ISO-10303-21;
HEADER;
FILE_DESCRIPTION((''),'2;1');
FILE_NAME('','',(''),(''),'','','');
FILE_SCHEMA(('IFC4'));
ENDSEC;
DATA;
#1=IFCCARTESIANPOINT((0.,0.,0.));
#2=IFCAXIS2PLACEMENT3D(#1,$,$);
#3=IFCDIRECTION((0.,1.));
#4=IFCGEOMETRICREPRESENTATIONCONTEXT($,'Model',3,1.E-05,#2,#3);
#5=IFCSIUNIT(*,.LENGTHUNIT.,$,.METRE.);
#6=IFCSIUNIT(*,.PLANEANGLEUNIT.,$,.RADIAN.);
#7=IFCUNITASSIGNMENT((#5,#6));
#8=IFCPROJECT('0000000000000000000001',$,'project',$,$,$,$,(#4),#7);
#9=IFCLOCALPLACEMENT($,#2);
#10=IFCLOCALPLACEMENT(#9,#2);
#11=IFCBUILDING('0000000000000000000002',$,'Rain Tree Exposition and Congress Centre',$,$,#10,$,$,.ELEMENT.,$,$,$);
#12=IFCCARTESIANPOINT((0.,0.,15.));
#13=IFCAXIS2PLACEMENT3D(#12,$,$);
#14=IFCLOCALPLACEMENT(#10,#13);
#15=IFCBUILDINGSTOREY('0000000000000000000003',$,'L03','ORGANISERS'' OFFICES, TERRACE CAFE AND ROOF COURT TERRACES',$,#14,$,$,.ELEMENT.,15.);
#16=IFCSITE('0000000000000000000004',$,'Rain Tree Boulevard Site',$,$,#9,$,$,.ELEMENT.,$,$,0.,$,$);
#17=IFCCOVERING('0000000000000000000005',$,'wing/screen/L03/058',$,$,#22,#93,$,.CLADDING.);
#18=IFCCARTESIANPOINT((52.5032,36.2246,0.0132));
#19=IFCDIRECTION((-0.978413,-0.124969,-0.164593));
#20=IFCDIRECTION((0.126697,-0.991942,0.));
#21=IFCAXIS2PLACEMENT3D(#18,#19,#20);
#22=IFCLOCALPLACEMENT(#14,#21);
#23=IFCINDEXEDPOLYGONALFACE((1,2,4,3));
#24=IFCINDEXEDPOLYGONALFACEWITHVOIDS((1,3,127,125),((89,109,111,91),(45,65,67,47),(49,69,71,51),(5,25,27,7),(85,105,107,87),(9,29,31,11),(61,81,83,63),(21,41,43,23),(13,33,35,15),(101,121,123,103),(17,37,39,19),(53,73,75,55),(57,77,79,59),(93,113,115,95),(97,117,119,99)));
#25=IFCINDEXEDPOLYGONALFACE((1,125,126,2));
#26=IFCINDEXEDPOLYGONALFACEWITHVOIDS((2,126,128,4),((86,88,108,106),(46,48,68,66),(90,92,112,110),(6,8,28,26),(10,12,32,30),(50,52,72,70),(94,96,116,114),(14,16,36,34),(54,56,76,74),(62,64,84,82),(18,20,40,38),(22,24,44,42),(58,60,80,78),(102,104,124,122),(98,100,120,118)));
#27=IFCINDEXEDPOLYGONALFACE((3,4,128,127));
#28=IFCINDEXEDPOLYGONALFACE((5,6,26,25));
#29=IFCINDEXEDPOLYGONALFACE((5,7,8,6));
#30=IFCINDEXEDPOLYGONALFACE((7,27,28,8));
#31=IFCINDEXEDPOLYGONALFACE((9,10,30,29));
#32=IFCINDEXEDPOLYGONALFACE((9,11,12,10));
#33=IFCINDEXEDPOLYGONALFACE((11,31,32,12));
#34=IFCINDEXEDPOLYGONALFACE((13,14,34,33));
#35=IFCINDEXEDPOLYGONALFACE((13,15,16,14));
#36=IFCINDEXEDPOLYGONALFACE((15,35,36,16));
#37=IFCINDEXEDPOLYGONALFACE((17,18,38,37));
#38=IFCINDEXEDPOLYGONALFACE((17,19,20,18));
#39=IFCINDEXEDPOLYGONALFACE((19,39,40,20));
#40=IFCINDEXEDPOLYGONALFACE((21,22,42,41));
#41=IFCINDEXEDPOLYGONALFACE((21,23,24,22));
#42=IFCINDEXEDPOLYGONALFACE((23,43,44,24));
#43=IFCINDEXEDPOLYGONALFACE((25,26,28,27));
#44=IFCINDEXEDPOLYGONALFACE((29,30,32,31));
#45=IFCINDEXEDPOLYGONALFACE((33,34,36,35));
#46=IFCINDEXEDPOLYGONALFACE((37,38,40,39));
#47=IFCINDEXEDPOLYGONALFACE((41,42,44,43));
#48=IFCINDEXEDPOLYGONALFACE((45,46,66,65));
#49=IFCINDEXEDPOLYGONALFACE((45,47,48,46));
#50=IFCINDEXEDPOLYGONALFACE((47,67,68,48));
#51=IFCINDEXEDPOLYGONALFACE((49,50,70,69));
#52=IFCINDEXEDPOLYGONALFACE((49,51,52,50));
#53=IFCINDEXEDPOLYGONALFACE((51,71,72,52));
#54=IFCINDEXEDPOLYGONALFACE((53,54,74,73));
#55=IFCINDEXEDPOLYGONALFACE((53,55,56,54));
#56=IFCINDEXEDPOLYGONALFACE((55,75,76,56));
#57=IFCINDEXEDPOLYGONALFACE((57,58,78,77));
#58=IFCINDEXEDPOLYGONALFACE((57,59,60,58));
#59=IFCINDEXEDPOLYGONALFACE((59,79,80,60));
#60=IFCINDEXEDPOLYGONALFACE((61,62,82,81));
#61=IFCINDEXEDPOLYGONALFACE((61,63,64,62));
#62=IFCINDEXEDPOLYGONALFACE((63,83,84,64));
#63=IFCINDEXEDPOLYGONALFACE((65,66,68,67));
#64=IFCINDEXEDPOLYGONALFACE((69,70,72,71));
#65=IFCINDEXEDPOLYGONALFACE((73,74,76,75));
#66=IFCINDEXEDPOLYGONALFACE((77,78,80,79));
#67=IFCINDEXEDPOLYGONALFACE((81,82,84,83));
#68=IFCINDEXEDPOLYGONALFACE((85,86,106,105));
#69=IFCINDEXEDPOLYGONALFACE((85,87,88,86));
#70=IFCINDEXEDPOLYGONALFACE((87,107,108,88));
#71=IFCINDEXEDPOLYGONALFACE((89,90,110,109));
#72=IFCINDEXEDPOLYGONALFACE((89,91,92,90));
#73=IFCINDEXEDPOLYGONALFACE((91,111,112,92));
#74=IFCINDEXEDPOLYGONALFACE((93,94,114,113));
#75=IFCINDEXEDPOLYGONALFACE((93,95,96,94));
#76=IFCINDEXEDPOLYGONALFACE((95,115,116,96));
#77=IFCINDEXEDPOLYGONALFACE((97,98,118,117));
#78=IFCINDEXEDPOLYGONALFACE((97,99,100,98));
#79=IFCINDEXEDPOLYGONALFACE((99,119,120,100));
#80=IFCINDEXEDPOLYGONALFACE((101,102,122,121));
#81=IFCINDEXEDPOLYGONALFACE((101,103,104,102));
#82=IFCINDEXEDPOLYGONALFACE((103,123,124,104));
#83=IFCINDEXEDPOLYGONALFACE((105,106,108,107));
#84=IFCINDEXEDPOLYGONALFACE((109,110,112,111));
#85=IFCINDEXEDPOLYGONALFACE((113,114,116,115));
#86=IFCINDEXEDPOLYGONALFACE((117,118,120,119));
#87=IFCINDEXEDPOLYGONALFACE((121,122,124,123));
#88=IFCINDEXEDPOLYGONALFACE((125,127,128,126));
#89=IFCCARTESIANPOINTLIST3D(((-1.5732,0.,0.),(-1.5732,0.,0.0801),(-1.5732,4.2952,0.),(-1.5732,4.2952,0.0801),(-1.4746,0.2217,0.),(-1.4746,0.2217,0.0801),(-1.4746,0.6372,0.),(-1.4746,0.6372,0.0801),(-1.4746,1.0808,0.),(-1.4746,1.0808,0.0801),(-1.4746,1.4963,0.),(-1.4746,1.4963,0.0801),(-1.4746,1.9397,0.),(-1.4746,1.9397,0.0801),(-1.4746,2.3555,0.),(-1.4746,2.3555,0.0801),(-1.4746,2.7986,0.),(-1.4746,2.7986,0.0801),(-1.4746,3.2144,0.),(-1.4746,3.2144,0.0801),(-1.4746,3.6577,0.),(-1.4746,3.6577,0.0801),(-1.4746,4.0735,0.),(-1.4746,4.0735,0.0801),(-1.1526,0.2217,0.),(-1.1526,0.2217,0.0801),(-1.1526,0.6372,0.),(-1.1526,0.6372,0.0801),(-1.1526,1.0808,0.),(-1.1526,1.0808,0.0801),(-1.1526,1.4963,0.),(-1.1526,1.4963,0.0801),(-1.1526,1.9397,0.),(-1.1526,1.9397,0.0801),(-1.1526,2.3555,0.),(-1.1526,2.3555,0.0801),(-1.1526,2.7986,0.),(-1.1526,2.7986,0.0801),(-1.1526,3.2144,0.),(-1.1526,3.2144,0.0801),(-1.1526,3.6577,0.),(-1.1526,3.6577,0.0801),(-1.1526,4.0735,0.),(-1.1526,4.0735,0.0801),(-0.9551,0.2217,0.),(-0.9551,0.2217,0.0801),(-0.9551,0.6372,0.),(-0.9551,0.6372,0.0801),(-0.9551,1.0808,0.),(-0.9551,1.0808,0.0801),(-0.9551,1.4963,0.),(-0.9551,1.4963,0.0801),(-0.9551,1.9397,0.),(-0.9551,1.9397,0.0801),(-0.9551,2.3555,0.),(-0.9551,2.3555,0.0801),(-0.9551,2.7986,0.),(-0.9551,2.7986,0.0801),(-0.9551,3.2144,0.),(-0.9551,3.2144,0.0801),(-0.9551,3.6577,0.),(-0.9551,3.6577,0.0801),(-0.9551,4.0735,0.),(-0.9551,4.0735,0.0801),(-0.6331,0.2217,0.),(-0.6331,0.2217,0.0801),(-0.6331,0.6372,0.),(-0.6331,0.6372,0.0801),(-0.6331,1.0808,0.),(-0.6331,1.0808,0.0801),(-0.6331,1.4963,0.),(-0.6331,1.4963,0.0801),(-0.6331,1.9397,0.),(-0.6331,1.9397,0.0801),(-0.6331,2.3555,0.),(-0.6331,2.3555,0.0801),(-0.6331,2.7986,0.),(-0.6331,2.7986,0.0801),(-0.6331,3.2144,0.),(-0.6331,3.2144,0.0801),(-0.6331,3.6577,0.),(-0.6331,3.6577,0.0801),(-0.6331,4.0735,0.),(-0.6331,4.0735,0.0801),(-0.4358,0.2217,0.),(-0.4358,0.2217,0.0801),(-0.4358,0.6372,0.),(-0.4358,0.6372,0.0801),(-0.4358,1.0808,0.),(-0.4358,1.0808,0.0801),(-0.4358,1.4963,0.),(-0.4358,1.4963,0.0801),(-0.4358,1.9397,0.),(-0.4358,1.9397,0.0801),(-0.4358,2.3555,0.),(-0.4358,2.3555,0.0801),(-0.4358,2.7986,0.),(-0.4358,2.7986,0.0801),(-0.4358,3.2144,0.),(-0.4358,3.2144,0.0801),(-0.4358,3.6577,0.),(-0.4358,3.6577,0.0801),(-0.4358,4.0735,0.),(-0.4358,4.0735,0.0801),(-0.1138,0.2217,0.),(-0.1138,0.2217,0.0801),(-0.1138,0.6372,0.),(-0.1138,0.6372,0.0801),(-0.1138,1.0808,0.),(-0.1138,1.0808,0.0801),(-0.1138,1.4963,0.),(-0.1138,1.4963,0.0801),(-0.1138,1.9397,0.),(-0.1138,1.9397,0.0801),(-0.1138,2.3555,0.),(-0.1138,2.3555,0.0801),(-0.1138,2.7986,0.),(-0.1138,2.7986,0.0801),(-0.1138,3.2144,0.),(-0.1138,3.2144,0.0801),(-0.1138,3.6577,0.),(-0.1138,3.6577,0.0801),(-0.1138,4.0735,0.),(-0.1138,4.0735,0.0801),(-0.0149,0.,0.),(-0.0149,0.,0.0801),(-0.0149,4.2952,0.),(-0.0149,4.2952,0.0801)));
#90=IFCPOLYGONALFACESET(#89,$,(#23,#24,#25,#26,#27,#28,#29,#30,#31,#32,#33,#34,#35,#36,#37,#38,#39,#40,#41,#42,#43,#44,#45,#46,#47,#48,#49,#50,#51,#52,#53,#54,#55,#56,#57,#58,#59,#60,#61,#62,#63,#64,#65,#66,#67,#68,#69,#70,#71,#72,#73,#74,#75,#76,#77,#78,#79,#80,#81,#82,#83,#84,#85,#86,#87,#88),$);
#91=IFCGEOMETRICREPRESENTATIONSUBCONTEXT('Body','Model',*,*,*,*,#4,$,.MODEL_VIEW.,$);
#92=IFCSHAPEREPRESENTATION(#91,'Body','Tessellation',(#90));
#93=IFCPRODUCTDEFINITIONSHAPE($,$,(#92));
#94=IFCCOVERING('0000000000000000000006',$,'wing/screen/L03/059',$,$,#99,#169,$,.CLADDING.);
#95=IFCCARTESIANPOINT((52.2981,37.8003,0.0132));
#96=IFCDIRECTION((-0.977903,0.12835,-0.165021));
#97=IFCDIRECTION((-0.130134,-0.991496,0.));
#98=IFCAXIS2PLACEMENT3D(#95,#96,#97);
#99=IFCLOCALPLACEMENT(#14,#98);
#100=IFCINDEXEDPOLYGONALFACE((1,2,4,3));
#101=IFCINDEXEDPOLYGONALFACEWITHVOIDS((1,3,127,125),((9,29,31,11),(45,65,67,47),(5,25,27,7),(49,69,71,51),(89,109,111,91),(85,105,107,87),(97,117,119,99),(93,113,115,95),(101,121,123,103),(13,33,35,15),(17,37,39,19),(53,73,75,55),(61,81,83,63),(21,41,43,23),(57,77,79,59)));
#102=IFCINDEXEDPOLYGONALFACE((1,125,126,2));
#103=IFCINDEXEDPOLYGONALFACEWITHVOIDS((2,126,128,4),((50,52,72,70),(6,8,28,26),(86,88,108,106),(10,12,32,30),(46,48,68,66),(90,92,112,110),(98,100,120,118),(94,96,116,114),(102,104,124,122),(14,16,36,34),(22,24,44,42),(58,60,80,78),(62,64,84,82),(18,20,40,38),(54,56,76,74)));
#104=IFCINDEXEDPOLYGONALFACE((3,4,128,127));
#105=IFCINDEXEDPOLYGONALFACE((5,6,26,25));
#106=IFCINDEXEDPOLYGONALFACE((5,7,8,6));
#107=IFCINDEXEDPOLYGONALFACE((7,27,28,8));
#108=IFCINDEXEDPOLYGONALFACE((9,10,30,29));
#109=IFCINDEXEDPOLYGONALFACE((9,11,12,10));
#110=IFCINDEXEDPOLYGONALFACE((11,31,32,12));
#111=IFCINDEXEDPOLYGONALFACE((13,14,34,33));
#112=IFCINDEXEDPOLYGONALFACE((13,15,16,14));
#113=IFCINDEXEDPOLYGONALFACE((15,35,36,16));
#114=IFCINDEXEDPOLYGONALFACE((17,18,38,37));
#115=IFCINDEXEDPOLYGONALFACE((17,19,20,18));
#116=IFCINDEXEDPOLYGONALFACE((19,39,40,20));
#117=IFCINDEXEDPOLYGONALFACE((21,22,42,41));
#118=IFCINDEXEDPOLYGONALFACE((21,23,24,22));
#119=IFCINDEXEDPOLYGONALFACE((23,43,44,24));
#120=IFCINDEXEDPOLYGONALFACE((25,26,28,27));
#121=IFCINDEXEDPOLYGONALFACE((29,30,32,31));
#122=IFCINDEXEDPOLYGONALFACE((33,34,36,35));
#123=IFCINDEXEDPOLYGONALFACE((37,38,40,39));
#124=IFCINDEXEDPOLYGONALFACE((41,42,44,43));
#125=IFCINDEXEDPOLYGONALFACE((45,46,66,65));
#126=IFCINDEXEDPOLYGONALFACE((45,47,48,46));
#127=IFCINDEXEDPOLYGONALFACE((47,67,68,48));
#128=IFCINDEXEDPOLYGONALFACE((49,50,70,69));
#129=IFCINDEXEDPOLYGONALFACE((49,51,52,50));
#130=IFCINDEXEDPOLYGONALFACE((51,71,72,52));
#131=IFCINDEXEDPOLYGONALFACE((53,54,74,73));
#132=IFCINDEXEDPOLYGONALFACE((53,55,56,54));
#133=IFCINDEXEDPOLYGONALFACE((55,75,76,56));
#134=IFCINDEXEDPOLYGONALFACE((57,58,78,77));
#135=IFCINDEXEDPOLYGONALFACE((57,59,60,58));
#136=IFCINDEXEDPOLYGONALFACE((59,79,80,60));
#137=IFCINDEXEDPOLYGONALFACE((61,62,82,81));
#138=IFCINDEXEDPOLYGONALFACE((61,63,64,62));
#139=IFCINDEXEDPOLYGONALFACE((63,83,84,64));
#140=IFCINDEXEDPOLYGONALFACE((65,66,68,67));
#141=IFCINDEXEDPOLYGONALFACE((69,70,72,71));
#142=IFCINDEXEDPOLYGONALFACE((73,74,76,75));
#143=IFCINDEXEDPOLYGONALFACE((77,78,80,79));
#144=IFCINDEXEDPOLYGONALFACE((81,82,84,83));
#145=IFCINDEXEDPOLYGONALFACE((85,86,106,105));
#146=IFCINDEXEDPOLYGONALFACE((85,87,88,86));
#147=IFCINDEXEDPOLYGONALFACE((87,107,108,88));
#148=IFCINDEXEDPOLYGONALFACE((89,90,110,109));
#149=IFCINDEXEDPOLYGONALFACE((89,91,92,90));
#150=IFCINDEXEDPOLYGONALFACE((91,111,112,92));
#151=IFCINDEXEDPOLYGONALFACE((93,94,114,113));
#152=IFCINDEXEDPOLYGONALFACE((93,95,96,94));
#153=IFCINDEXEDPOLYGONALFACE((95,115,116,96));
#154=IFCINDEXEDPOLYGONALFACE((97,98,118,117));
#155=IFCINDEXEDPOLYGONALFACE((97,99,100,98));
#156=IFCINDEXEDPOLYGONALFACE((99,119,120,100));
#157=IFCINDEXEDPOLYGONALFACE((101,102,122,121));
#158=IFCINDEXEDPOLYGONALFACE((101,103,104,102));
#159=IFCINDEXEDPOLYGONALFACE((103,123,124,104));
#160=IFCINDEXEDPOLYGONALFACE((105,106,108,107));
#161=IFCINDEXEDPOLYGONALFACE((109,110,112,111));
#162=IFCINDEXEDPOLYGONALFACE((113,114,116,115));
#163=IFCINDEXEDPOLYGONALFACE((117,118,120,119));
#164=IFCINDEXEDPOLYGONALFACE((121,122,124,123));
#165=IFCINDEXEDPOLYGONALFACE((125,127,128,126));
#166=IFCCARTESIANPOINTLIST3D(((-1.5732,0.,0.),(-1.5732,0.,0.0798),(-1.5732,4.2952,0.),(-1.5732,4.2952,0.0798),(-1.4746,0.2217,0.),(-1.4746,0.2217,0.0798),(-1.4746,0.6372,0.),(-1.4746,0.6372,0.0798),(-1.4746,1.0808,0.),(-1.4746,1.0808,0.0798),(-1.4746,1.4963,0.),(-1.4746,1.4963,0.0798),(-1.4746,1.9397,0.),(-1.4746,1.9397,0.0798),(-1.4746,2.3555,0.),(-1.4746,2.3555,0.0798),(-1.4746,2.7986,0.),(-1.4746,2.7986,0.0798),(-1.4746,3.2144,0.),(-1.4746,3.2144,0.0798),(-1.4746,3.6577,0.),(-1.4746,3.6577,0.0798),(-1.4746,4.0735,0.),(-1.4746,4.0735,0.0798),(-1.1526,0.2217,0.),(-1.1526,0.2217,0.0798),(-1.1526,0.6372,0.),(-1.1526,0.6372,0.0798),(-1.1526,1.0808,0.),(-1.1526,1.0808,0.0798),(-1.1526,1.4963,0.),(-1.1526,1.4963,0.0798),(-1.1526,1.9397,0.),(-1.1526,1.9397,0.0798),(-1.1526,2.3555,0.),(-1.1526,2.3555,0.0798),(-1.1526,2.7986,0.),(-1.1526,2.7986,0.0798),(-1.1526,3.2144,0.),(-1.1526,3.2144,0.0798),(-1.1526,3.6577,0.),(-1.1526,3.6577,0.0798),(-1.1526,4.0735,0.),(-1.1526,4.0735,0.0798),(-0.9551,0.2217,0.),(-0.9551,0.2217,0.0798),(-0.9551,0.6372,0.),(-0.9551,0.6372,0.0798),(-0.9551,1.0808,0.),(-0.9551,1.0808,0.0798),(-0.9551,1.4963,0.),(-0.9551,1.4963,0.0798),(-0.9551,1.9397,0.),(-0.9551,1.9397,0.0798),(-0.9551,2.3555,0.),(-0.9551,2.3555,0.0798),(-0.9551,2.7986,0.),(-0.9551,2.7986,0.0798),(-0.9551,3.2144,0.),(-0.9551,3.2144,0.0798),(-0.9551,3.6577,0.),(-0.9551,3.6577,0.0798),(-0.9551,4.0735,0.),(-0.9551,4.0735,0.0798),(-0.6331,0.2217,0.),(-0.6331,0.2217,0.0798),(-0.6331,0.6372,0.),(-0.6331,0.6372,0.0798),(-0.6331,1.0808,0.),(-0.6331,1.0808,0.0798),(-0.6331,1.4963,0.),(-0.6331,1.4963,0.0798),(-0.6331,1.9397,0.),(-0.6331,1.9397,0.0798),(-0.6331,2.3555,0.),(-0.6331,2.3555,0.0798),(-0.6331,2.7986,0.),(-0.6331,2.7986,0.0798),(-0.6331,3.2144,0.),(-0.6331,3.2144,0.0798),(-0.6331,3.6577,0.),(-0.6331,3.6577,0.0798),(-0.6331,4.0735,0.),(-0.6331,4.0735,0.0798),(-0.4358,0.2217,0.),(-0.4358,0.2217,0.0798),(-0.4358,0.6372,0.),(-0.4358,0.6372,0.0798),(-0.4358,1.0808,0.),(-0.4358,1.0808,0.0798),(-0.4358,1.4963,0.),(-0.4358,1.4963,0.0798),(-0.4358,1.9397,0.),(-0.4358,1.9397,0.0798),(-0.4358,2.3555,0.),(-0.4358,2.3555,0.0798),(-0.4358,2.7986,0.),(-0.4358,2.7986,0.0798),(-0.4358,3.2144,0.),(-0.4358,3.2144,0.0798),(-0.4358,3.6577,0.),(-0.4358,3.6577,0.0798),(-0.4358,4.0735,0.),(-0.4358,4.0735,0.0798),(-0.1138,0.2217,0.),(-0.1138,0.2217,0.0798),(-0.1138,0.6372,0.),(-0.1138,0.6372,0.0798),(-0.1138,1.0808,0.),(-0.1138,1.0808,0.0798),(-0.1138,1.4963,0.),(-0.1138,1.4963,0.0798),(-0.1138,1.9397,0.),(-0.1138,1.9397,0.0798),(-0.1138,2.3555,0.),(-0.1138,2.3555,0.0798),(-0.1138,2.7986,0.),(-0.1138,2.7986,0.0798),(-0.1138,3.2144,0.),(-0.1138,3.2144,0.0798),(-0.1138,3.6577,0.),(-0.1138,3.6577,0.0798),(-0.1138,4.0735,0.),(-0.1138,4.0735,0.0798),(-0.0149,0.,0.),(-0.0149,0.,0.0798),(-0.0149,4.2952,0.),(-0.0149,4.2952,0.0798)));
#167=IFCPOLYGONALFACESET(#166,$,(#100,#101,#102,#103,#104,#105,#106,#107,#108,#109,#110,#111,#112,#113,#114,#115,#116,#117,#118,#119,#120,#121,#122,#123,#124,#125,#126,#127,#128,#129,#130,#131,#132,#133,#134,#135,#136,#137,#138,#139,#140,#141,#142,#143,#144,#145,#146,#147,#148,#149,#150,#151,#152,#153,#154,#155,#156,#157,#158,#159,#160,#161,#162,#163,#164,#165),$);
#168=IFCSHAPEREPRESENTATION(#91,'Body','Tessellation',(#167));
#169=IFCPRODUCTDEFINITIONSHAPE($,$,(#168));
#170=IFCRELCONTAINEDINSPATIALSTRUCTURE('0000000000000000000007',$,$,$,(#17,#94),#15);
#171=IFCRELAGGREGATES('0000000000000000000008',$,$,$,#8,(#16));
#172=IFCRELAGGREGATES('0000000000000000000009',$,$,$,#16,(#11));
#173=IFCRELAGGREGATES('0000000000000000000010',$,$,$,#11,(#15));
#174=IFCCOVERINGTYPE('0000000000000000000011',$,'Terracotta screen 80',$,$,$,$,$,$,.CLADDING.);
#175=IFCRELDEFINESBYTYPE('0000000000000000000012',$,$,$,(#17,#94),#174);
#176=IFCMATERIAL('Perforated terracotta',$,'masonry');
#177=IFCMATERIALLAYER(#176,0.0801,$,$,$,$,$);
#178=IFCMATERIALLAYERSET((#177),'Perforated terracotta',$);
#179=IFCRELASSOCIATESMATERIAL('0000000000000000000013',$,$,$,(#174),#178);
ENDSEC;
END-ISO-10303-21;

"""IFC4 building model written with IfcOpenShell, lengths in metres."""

from ifc_helpers import new_model, si_unit, direction, frame, origin, place, context, subcontext, project, spatial, polyline, outline, extrude, material, layer, layer_set, type_object, element, save


model = new_model("IFC4")

# Units and contexts
model_context = context("Model", 3, precision=1e-05, world=origin(), true_north=direction((0.0, 1.0)))
body_context = subcontext(model_context, "Body", "Model", "MODEL_VIEW")
ifc_project = project(units=[si_unit("LENGTHUNIT", "METRE"), si_unit("PLANEANGLEUNIT", "RADIAN")], contexts=[model_context])

# Site, building, storey
site_placement = place(None, origin())
site = spatial("IfcSite", under=ifc_project, at=site_placement, Name="Rain Tree Boulevard Site", CompositionType="ELEMENT", RefElevation=0.0)
building_placement = place(site_placement, origin())
building = spatial("IfcBuilding", under=site, at=building_placement, Name="Rain Tree Exposition and Congress Centre", CompositionType="ELEMENT")
storey_placement = place(building_placement, frame((0.0, 0.0, 15.0)))
storey = spatial("IfcBuildingStorey", under=building, at=storey_placement, Name="L03", Description="ORGANISERS' OFFICES, TERRACE CAFE AND ROOF COURT TERRACES", CompositionType="ELEMENT", Elevation=15.0)

# Coverings
ifc_material_1 = material(Name="Perforated terracotta", Category="masonry")
ifc_layer_1 = layer(ifc_material_1, 0.0801)
ifc_layer_set_1 = layer_set([ifc_layer_1], Name="Perforated terracotta")
covering_type = type_object("IfcCoveringType", Name="Terracotta screen 80", PredefinedType="CLADDING", material=ifc_layer_set_1)
covering_1_placement = place(storey_placement, frame((52.5032, 36.2246, 0.0132), z_axis=(-0.978413, -0.124969, -0.164593), x_axis=(0.126697, -0.991942, 0.0)))
element("IfcCovering", 1, at=covering_1_placement, inside=storey, type_object=covering_type, Name="wing/screen/L03/058", PredefinedType="CLADDING", context=body_context, shape_type="SweptSolid", body=[
    extrude(outline(polyline([(-1.5732, 0.0), (-1.5732, 4.2952), (-0.0149, 4.2952), (-0.0149, 0.0), (-1.5732, 0.0)]), holes=[polyline([(-0.1138, 0.2217), (-0.1138, 0.6372), (-0.4358, 0.6372), (-0.4358, 0.2217), (-0.1138, 0.2217)]), polyline([(-0.1138, 1.0808), (-0.1138, 1.4963), (-0.4358, 1.4963), (-0.4358, 1.0808), (-0.1138, 1.0808)]), polyline([(-0.1138, 1.9397), (-0.1138, 2.3555), (-0.4358, 2.3555), (-0.4358, 1.9397), (-0.1138, 1.9397)]), polyline([(-0.1138, 2.7986), (-0.1138, 3.2144), (-0.4358, 3.2144), (-0.4358, 2.7986), (-0.1138, 2.7986)]), polyline([(-0.1138, 3.6577), (-0.1138, 4.0735), (-0.4358, 4.0735), (-0.4358, 3.6577), (-0.1138, 3.6577)]), polyline([(-0.6331, 0.2217), (-0.6331, 0.6372), (-0.9551, 0.6372), (-0.9551, 0.2217), (-0.6331, 0.2217)]), polyline([(-0.6331, 1.0808), (-0.6331, 1.4963), (-0.9551, 1.4963), (-0.9551, 1.0808), (-0.6331, 1.0808)]), polyline([(-0.6331, 1.9397), (-0.6331, 2.3555), (-0.9551, 2.3555), (-0.9551, 1.9397), (-0.6331, 1.9397)]), polyline([(-0.6331, 2.7986), (-0.6331, 3.2144), (-0.9551, 3.2144), (-0.9551, 2.7986), (-0.6331, 2.7986)]), polyline([(-0.6331, 3.6577), (-0.6331, 4.0735), (-0.9551, 4.0735), (-0.9551, 3.6577), (-0.6331, 3.6577)]), polyline([(-1.1526, 0.2217), (-1.1526, 0.6372), (-1.4746, 0.6372), (-1.4746, 0.2217), (-1.1526, 0.2217)]), polyline([(-1.1526, 1.0808), (-1.1526, 1.4963), (-1.4746, 1.4963), (-1.4746, 1.0808), (-1.1526, 1.0808)]), polyline([(-1.1526, 1.9397), (-1.1526, 2.3555), (-1.4746, 2.3555), (-1.4746, 1.9397), (-1.1526, 1.9397)]), polyline([(-1.1526, 2.7986), (-1.1526, 3.2144), (-1.4746, 3.2144), (-1.4746, 2.7986), (-1.1526, 2.7986)]), polyline([(-1.1526, 3.6577), (-1.1526, 4.0735), (-1.4746, 4.0735), (-1.4746, 3.6577), (-1.1526, 3.6577)])]), origin(), (0.0, 0.0, 1.0), 0.0801),
])
covering_2_placement = place(storey_placement, frame((52.2981, 37.8003, 0.0132), z_axis=(-0.977903, 0.12835, -0.165021), x_axis=(-0.130134, -0.991496, 0.0)))
element("IfcCovering", 2, at=covering_2_placement, inside=storey, type_object=covering_type, Name="wing/screen/L03/059", PredefinedType="CLADDING", context=body_context, shape_type="SweptSolid", body=[
    extrude(outline(polyline([(-1.5732, 0.0), (-1.5732, 4.2952), (-0.0149, 4.2952), (-0.0149, 0.0), (-1.5732, 0.0)]), holes=[polyline([(-0.1138, 0.2217), (-0.1138, 0.6372), (-0.4358, 0.6372), (-0.4358, 0.2217), (-0.1138, 0.2217)]), polyline([(-0.1138, 1.0808), (-0.1138, 1.4963), (-0.4358, 1.4963), (-0.4358, 1.0808), (-0.1138, 1.0808)]), polyline([(-0.1138, 1.9397), (-0.1138, 2.3555), (-0.4358, 2.3555), (-0.4358, 1.9397), (-0.1138, 1.9397)]), polyline([(-0.1138, 2.7986), (-0.1138, 3.2144), (-0.4358, 3.2144), (-0.4358, 2.7986), (-0.1138, 2.7986)]), polyline([(-0.1138, 3.6577), (-0.1138, 4.0735), (-0.4358, 4.0735), (-0.4358, 3.6577), (-0.1138, 3.6577)]), polyline([(-0.6331, 0.2217), (-0.6331, 0.6372), (-0.9551, 0.6372), (-0.9551, 0.2217), (-0.6331, 0.2217)]), polyline([(-0.6331, 1.0808), (-0.6331, 1.4963), (-0.9551, 1.4963), (-0.9551, 1.0808), (-0.6331, 1.0808)]), polyline([(-0.6331, 1.9397), (-0.6331, 2.3555), (-0.9551, 2.3555), (-0.9551, 1.9397), (-0.6331, 1.9397)]), polyline([(-0.6331, 2.7986), (-0.6331, 3.2144), (-0.9551, 3.2144), (-0.9551, 2.7986), (-0.6331, 2.7986)]), polyline([(-0.6331, 3.6577), (-0.6331, 4.0735), (-0.9551, 4.0735), (-0.9551, 3.6577), (-0.6331, 3.6577)]), polyline([(-1.1526, 0.2217), (-1.1526, 0.6372), (-1.4746, 0.6372), (-1.4746, 0.2217), (-1.1526, 0.2217)]), polyline([(-1.1526, 1.0808), (-1.1526, 1.4963), (-1.4746, 1.4963), (-1.4746, 1.0808), (-1.1526, 1.0808)]), polyline([(-1.1526, 1.9397), (-1.1526, 2.3555), (-1.4746, 2.3555), (-1.4746, 1.9397), (-1.1526, 1.9397)]), polyline([(-1.1526, 2.7986), (-1.1526, 3.2144), (-1.4746, 3.2144), (-1.4746, 2.7986), (-1.1526, 2.7986)]), polyline([(-1.1526, 3.6577), (-1.1526, 4.0735), (-1.4746, 4.0735), (-1.4746, 3.6577), (-1.1526, 3.6577)])]), origin(), (0.0, 0.0, 1.0), 0.0798),
])

save(model, "model.ifc")
